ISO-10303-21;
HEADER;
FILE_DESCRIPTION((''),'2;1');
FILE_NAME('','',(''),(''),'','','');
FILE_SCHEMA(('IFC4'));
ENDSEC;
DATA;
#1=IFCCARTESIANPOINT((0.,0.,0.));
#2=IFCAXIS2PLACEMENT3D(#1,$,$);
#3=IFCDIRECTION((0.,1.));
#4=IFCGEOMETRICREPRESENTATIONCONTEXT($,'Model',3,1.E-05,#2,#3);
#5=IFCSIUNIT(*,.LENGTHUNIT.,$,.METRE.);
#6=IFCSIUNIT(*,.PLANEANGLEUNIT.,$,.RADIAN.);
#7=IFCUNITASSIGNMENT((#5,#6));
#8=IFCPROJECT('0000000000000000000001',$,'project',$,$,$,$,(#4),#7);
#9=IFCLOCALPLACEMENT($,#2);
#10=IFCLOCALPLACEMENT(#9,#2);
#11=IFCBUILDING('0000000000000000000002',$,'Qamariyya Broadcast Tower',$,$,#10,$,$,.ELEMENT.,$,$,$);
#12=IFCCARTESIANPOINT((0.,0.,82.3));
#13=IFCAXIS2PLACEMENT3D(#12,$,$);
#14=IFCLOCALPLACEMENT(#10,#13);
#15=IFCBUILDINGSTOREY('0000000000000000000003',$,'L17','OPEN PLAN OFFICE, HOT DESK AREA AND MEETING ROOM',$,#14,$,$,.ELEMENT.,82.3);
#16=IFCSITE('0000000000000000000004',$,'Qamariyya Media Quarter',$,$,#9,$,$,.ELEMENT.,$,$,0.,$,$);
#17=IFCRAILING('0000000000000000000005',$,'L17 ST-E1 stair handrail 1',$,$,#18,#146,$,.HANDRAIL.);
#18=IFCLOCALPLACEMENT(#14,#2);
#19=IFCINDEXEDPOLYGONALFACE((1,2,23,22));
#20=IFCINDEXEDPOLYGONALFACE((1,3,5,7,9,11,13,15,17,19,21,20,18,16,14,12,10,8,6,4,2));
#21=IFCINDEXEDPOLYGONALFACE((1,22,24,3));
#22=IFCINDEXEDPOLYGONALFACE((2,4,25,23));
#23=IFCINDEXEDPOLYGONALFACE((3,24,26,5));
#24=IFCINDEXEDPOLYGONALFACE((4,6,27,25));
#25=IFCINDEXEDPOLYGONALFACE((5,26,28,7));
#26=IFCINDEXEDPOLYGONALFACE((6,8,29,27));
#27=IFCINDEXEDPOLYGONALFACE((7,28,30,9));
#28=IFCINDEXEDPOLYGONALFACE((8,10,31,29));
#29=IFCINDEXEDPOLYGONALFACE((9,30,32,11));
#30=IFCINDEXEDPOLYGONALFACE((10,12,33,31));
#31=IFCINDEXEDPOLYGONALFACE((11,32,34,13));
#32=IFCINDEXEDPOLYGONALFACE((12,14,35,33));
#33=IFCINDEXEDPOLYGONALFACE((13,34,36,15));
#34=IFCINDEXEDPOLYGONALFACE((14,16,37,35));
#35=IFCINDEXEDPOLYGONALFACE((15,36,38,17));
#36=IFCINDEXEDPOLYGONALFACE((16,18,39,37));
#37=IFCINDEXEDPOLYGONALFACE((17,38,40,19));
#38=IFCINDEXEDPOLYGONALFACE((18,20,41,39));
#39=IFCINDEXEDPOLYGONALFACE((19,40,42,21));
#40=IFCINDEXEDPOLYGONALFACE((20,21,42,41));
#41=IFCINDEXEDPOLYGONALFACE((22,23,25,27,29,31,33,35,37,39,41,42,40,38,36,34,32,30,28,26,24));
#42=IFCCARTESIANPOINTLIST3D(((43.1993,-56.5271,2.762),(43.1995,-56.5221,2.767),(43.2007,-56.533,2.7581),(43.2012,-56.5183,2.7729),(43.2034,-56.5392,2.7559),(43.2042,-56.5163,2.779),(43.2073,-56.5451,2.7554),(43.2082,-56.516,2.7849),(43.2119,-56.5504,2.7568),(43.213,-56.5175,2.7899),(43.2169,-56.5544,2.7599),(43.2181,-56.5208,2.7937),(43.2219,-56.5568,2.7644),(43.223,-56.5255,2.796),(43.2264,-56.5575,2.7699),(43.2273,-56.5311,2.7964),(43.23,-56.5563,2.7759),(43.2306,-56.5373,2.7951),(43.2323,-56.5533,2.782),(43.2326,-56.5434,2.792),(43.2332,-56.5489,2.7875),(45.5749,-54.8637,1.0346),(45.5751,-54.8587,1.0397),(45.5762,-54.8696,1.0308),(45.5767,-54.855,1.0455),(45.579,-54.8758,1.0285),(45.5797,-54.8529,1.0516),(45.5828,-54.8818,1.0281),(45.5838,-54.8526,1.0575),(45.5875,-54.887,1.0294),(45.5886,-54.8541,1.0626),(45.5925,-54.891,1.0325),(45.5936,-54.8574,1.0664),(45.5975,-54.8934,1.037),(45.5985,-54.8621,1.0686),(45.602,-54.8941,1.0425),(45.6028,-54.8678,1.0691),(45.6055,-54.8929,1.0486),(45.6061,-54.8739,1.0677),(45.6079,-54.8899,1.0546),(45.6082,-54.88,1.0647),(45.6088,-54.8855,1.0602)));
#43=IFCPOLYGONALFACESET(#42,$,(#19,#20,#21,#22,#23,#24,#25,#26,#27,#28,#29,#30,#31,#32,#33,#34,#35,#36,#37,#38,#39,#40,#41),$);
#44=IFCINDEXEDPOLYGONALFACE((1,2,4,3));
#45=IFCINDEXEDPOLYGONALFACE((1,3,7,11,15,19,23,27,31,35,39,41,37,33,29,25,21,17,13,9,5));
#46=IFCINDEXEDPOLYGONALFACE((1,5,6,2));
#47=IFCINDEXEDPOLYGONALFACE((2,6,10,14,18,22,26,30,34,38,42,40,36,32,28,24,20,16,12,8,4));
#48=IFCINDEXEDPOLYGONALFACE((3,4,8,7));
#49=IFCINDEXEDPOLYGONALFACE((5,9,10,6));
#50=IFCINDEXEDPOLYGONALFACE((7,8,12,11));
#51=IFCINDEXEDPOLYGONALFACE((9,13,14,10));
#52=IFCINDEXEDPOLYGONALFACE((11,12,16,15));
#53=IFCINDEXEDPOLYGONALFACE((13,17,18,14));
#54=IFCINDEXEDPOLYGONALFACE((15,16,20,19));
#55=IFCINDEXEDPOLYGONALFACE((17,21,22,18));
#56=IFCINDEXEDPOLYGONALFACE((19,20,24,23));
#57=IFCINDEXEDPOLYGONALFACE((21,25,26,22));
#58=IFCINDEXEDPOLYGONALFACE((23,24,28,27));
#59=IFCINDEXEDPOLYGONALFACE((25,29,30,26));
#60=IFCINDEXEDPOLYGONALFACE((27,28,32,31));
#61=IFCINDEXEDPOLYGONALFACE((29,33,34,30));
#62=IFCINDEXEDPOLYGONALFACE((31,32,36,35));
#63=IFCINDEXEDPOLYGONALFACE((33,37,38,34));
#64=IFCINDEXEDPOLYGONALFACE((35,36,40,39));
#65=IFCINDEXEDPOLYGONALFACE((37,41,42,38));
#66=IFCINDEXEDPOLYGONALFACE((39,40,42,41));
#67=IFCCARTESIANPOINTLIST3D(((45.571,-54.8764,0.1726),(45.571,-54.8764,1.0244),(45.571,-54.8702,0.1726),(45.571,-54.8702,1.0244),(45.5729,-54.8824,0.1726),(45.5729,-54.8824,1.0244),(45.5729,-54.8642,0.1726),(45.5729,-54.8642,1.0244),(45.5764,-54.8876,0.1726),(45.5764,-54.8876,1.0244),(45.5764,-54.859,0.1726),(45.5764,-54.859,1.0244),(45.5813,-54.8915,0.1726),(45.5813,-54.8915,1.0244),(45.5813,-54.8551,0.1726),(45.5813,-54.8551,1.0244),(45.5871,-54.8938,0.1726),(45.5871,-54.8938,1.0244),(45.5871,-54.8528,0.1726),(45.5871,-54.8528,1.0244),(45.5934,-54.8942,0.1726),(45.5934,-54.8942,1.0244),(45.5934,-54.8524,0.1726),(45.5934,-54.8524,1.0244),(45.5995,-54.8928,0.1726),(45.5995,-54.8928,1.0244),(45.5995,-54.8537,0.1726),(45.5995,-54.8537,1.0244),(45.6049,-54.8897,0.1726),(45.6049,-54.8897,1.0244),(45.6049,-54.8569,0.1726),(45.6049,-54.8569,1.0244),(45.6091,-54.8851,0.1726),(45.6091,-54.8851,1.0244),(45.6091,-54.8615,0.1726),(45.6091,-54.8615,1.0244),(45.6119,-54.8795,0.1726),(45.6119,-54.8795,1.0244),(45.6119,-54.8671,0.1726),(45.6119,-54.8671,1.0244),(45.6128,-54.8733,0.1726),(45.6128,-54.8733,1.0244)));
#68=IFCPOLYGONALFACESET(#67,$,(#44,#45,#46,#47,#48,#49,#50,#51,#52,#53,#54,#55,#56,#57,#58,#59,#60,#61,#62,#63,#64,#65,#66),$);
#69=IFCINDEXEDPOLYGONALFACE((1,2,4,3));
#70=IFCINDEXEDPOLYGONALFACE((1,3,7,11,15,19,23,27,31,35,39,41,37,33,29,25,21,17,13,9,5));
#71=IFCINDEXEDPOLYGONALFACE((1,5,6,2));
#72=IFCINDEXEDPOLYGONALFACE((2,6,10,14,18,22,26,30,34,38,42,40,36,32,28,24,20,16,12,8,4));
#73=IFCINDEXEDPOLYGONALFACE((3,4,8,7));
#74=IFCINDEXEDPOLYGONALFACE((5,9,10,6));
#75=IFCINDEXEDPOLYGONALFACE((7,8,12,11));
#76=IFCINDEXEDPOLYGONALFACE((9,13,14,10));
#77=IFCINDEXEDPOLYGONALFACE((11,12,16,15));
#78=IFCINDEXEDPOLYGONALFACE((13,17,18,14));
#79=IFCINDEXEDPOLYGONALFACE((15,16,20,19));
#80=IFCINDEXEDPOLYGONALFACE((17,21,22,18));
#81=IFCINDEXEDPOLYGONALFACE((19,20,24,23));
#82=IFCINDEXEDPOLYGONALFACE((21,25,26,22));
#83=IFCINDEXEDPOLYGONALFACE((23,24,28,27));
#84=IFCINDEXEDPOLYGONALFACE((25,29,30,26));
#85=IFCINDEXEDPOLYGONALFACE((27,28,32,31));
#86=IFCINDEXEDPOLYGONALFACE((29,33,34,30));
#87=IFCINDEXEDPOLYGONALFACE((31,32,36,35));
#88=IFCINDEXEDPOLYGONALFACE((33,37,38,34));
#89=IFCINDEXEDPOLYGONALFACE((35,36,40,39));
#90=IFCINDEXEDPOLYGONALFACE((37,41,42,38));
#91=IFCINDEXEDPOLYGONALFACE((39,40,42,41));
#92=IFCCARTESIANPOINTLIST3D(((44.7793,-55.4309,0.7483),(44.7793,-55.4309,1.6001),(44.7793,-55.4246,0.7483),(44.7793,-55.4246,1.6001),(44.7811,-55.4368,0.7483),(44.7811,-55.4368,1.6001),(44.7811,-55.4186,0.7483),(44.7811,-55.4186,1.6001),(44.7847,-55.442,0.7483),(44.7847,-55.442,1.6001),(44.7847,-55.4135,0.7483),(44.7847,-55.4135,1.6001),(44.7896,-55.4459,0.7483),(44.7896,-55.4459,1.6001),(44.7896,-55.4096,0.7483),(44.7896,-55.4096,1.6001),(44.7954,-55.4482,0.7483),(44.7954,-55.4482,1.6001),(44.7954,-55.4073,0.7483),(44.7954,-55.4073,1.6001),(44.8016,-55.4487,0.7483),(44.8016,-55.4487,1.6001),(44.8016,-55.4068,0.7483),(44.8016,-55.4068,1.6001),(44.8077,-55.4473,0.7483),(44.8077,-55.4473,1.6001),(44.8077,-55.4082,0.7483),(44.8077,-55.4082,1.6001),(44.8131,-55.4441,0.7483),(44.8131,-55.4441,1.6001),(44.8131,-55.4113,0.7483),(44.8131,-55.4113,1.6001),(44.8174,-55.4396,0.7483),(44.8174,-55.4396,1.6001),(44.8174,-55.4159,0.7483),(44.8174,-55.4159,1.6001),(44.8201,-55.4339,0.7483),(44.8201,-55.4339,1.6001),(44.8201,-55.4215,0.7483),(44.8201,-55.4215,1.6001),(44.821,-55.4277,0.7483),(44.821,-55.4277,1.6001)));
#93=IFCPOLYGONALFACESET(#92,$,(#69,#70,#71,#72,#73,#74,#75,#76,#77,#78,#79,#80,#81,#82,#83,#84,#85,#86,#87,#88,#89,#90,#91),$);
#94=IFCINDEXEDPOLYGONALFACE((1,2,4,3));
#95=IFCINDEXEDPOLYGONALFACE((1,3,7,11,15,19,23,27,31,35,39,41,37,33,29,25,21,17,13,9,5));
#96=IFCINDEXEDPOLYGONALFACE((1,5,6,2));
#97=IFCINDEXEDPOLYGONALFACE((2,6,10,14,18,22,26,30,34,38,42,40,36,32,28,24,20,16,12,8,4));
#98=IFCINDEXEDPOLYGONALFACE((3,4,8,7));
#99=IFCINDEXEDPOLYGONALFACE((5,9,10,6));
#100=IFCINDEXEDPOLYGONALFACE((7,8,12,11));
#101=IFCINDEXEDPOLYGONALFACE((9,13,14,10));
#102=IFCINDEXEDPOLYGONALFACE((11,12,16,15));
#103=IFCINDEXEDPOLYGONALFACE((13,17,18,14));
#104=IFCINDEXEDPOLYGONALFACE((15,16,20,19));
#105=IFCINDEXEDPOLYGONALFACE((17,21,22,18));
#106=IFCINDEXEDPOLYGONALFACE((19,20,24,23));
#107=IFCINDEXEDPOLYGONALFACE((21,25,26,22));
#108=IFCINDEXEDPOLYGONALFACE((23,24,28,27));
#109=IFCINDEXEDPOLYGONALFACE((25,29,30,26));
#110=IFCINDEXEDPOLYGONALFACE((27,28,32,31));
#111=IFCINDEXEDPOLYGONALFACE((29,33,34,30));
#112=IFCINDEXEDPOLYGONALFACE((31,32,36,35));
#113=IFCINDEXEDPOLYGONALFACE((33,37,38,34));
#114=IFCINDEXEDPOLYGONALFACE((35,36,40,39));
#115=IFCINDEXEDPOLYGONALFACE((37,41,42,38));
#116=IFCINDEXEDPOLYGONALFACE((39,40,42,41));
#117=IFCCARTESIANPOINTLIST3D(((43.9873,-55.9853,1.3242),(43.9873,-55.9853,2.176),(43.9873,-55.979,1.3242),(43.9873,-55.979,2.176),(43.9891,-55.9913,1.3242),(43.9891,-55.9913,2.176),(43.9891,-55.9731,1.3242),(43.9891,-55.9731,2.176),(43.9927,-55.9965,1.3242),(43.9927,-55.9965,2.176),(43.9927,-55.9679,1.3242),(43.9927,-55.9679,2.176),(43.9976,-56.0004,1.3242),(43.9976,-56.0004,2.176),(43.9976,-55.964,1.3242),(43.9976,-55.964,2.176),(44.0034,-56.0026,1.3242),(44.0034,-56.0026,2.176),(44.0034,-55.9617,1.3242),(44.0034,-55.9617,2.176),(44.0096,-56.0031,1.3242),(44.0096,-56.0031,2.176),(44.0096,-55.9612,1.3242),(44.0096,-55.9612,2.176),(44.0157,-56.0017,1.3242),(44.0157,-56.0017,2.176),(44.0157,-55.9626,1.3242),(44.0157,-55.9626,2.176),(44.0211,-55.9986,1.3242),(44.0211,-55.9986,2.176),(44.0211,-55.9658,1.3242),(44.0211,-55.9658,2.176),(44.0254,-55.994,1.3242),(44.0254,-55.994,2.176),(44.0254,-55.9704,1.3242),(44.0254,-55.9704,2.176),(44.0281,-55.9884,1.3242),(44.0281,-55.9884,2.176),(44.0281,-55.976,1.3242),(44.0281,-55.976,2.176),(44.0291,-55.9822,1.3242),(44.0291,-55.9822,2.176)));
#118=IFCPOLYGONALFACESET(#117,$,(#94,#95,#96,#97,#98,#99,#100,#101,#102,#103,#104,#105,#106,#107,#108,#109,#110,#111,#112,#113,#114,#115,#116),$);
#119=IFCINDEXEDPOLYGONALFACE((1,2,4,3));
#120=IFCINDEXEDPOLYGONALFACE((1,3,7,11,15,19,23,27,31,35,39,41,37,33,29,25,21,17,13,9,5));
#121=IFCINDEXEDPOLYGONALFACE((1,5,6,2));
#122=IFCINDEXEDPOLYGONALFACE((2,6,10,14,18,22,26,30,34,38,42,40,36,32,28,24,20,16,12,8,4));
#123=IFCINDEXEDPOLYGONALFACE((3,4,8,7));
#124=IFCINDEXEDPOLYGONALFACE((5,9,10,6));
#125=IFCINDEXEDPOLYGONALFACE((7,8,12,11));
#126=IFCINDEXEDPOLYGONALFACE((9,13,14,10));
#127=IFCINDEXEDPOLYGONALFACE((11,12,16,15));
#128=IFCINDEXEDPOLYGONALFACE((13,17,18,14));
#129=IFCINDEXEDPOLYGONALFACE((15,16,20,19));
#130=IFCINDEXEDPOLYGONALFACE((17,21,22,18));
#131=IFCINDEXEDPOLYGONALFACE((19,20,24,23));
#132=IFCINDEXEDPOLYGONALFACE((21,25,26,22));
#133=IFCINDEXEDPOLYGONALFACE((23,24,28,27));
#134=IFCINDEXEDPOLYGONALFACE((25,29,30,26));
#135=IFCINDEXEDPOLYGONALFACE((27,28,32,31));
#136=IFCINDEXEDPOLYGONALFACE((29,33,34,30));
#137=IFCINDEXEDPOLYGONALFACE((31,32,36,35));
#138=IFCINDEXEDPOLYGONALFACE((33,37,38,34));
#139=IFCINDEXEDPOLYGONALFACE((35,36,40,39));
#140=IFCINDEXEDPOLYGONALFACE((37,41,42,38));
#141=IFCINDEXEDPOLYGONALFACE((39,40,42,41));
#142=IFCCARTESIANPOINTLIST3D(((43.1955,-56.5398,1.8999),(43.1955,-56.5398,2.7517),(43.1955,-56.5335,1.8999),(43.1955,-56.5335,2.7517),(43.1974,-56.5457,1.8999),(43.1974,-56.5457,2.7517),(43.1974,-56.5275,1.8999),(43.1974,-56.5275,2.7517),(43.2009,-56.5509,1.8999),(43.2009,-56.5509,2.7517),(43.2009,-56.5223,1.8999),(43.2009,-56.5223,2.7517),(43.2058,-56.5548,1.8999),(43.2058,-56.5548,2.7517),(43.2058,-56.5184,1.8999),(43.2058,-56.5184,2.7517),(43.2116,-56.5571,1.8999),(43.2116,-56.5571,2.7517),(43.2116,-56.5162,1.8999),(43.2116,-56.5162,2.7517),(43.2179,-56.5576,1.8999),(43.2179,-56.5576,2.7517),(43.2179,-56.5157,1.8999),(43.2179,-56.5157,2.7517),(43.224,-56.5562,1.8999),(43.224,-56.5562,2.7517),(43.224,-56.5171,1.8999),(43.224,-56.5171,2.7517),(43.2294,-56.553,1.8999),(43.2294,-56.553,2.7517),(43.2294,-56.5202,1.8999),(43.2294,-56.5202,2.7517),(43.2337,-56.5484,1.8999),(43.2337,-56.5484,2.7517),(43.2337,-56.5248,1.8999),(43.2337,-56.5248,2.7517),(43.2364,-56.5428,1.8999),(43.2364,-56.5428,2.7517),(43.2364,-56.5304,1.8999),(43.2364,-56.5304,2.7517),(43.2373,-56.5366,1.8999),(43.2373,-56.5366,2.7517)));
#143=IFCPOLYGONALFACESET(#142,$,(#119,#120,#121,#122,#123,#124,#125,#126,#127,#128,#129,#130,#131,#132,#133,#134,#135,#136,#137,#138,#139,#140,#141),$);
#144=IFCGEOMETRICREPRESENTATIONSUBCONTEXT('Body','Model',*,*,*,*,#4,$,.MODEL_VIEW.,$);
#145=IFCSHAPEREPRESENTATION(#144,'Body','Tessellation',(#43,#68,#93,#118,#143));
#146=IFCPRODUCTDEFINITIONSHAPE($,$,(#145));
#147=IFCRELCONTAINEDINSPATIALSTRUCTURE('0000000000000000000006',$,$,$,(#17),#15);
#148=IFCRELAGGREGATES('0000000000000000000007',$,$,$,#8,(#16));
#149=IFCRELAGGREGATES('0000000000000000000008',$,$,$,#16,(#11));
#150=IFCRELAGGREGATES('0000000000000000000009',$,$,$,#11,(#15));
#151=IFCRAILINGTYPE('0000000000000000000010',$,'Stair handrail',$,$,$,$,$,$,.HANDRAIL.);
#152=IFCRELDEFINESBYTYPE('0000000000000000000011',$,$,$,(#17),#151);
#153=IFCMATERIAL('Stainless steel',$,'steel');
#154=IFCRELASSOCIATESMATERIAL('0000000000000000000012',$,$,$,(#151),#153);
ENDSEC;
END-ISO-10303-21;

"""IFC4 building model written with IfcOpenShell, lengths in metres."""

from ifc_helpers import new_model, si_unit, direction, frame, origin, origin_2d, place, context, subcontext, project, spatial, circle, extrude, material, type_object, element, save


model = new_model("IFC4")

# Units and contexts
model_context = context("Model", 3, precision=1e-05, world=origin(), true_north=direction((0.0, 1.0)))
body_context = subcontext(model_context, "Body", "Model", "MODEL_VIEW")
ifc_project = project(units=[si_unit("LENGTHUNIT", "METRE"), si_unit("PLANEANGLEUNIT", "RADIAN")], contexts=[model_context])

# Site, building, storey
site_placement = place(None, origin())
site = spatial("IfcSite", under=ifc_project, at=site_placement, Name="Qamariyya Media Quarter", CompositionType="ELEMENT", RefElevation=0.0)
building_placement = place(site_placement, origin())
building = spatial("IfcBuilding", under=site, at=building_placement, Name="Qamariyya Broadcast Tower", CompositionType="ELEMENT")
storey_placement = place(building_placement, frame((0.0, 0.0, 82.3)))
storey = spatial("IfcBuildingStorey", under=building, at=storey_placement, Name="L17", Description="OPEN PLAN OFFICE, HOT DESK AREA AND MEETING ROOM", CompositionType="ELEMENT", Elevation=82.3)

# Railing
ifc_material_1 = material(Name="Stainless steel", Category="steel")
railing_type_1 = type_object("IfcRailingType", Name="Stair handrail", PredefinedType="HANDRAIL", material=ifc_material_1)
railing_1_placement = place(storey_placement, frame((45.5918, -54.8733, 0.1726)))
element("IfcRailing", 1, at=railing_1_placement, inside=storey, type_object=railing_type_1, Name="L17 ST-E1 stair handrail 1", PredefinedType="HANDRAIL", context=body_context, shape_type="SweptSolid", body=[
    extrude(circle(Radius=0.0239, at=origin_2d()), frame((0.0, 0.0, 0.876), z_axis=(-0.70377, -0.492784, 0.511734), x_axis=(0.573575, -0.819153, 0.0)), (0.0, 0.0, 1.0), 3.3755),
    extrude(circle(Radius=0.021, at=origin_2d()), origin(), (0.0, 0.0, 1.0), 0.8518),
    extrude(circle(Radius=0.021, at=origin_2d()), frame((-0.7917, -0.5544, 0.5757)), (0.0, 0.0, 1.0), 0.8518),
    extrude(circle(Radius=0.021, at=origin_2d()), frame((-1.5837, -1.1089, 1.1516)), (0.0, 0.0, 1.0), 0.8518),
    extrude(circle(Radius=0.021, at=origin_2d()), frame((-2.3755, -1.6633, 1.7273)), (0.0, 0.0, 1.0), 0.8518),
])

save(model, "model.ifc")
